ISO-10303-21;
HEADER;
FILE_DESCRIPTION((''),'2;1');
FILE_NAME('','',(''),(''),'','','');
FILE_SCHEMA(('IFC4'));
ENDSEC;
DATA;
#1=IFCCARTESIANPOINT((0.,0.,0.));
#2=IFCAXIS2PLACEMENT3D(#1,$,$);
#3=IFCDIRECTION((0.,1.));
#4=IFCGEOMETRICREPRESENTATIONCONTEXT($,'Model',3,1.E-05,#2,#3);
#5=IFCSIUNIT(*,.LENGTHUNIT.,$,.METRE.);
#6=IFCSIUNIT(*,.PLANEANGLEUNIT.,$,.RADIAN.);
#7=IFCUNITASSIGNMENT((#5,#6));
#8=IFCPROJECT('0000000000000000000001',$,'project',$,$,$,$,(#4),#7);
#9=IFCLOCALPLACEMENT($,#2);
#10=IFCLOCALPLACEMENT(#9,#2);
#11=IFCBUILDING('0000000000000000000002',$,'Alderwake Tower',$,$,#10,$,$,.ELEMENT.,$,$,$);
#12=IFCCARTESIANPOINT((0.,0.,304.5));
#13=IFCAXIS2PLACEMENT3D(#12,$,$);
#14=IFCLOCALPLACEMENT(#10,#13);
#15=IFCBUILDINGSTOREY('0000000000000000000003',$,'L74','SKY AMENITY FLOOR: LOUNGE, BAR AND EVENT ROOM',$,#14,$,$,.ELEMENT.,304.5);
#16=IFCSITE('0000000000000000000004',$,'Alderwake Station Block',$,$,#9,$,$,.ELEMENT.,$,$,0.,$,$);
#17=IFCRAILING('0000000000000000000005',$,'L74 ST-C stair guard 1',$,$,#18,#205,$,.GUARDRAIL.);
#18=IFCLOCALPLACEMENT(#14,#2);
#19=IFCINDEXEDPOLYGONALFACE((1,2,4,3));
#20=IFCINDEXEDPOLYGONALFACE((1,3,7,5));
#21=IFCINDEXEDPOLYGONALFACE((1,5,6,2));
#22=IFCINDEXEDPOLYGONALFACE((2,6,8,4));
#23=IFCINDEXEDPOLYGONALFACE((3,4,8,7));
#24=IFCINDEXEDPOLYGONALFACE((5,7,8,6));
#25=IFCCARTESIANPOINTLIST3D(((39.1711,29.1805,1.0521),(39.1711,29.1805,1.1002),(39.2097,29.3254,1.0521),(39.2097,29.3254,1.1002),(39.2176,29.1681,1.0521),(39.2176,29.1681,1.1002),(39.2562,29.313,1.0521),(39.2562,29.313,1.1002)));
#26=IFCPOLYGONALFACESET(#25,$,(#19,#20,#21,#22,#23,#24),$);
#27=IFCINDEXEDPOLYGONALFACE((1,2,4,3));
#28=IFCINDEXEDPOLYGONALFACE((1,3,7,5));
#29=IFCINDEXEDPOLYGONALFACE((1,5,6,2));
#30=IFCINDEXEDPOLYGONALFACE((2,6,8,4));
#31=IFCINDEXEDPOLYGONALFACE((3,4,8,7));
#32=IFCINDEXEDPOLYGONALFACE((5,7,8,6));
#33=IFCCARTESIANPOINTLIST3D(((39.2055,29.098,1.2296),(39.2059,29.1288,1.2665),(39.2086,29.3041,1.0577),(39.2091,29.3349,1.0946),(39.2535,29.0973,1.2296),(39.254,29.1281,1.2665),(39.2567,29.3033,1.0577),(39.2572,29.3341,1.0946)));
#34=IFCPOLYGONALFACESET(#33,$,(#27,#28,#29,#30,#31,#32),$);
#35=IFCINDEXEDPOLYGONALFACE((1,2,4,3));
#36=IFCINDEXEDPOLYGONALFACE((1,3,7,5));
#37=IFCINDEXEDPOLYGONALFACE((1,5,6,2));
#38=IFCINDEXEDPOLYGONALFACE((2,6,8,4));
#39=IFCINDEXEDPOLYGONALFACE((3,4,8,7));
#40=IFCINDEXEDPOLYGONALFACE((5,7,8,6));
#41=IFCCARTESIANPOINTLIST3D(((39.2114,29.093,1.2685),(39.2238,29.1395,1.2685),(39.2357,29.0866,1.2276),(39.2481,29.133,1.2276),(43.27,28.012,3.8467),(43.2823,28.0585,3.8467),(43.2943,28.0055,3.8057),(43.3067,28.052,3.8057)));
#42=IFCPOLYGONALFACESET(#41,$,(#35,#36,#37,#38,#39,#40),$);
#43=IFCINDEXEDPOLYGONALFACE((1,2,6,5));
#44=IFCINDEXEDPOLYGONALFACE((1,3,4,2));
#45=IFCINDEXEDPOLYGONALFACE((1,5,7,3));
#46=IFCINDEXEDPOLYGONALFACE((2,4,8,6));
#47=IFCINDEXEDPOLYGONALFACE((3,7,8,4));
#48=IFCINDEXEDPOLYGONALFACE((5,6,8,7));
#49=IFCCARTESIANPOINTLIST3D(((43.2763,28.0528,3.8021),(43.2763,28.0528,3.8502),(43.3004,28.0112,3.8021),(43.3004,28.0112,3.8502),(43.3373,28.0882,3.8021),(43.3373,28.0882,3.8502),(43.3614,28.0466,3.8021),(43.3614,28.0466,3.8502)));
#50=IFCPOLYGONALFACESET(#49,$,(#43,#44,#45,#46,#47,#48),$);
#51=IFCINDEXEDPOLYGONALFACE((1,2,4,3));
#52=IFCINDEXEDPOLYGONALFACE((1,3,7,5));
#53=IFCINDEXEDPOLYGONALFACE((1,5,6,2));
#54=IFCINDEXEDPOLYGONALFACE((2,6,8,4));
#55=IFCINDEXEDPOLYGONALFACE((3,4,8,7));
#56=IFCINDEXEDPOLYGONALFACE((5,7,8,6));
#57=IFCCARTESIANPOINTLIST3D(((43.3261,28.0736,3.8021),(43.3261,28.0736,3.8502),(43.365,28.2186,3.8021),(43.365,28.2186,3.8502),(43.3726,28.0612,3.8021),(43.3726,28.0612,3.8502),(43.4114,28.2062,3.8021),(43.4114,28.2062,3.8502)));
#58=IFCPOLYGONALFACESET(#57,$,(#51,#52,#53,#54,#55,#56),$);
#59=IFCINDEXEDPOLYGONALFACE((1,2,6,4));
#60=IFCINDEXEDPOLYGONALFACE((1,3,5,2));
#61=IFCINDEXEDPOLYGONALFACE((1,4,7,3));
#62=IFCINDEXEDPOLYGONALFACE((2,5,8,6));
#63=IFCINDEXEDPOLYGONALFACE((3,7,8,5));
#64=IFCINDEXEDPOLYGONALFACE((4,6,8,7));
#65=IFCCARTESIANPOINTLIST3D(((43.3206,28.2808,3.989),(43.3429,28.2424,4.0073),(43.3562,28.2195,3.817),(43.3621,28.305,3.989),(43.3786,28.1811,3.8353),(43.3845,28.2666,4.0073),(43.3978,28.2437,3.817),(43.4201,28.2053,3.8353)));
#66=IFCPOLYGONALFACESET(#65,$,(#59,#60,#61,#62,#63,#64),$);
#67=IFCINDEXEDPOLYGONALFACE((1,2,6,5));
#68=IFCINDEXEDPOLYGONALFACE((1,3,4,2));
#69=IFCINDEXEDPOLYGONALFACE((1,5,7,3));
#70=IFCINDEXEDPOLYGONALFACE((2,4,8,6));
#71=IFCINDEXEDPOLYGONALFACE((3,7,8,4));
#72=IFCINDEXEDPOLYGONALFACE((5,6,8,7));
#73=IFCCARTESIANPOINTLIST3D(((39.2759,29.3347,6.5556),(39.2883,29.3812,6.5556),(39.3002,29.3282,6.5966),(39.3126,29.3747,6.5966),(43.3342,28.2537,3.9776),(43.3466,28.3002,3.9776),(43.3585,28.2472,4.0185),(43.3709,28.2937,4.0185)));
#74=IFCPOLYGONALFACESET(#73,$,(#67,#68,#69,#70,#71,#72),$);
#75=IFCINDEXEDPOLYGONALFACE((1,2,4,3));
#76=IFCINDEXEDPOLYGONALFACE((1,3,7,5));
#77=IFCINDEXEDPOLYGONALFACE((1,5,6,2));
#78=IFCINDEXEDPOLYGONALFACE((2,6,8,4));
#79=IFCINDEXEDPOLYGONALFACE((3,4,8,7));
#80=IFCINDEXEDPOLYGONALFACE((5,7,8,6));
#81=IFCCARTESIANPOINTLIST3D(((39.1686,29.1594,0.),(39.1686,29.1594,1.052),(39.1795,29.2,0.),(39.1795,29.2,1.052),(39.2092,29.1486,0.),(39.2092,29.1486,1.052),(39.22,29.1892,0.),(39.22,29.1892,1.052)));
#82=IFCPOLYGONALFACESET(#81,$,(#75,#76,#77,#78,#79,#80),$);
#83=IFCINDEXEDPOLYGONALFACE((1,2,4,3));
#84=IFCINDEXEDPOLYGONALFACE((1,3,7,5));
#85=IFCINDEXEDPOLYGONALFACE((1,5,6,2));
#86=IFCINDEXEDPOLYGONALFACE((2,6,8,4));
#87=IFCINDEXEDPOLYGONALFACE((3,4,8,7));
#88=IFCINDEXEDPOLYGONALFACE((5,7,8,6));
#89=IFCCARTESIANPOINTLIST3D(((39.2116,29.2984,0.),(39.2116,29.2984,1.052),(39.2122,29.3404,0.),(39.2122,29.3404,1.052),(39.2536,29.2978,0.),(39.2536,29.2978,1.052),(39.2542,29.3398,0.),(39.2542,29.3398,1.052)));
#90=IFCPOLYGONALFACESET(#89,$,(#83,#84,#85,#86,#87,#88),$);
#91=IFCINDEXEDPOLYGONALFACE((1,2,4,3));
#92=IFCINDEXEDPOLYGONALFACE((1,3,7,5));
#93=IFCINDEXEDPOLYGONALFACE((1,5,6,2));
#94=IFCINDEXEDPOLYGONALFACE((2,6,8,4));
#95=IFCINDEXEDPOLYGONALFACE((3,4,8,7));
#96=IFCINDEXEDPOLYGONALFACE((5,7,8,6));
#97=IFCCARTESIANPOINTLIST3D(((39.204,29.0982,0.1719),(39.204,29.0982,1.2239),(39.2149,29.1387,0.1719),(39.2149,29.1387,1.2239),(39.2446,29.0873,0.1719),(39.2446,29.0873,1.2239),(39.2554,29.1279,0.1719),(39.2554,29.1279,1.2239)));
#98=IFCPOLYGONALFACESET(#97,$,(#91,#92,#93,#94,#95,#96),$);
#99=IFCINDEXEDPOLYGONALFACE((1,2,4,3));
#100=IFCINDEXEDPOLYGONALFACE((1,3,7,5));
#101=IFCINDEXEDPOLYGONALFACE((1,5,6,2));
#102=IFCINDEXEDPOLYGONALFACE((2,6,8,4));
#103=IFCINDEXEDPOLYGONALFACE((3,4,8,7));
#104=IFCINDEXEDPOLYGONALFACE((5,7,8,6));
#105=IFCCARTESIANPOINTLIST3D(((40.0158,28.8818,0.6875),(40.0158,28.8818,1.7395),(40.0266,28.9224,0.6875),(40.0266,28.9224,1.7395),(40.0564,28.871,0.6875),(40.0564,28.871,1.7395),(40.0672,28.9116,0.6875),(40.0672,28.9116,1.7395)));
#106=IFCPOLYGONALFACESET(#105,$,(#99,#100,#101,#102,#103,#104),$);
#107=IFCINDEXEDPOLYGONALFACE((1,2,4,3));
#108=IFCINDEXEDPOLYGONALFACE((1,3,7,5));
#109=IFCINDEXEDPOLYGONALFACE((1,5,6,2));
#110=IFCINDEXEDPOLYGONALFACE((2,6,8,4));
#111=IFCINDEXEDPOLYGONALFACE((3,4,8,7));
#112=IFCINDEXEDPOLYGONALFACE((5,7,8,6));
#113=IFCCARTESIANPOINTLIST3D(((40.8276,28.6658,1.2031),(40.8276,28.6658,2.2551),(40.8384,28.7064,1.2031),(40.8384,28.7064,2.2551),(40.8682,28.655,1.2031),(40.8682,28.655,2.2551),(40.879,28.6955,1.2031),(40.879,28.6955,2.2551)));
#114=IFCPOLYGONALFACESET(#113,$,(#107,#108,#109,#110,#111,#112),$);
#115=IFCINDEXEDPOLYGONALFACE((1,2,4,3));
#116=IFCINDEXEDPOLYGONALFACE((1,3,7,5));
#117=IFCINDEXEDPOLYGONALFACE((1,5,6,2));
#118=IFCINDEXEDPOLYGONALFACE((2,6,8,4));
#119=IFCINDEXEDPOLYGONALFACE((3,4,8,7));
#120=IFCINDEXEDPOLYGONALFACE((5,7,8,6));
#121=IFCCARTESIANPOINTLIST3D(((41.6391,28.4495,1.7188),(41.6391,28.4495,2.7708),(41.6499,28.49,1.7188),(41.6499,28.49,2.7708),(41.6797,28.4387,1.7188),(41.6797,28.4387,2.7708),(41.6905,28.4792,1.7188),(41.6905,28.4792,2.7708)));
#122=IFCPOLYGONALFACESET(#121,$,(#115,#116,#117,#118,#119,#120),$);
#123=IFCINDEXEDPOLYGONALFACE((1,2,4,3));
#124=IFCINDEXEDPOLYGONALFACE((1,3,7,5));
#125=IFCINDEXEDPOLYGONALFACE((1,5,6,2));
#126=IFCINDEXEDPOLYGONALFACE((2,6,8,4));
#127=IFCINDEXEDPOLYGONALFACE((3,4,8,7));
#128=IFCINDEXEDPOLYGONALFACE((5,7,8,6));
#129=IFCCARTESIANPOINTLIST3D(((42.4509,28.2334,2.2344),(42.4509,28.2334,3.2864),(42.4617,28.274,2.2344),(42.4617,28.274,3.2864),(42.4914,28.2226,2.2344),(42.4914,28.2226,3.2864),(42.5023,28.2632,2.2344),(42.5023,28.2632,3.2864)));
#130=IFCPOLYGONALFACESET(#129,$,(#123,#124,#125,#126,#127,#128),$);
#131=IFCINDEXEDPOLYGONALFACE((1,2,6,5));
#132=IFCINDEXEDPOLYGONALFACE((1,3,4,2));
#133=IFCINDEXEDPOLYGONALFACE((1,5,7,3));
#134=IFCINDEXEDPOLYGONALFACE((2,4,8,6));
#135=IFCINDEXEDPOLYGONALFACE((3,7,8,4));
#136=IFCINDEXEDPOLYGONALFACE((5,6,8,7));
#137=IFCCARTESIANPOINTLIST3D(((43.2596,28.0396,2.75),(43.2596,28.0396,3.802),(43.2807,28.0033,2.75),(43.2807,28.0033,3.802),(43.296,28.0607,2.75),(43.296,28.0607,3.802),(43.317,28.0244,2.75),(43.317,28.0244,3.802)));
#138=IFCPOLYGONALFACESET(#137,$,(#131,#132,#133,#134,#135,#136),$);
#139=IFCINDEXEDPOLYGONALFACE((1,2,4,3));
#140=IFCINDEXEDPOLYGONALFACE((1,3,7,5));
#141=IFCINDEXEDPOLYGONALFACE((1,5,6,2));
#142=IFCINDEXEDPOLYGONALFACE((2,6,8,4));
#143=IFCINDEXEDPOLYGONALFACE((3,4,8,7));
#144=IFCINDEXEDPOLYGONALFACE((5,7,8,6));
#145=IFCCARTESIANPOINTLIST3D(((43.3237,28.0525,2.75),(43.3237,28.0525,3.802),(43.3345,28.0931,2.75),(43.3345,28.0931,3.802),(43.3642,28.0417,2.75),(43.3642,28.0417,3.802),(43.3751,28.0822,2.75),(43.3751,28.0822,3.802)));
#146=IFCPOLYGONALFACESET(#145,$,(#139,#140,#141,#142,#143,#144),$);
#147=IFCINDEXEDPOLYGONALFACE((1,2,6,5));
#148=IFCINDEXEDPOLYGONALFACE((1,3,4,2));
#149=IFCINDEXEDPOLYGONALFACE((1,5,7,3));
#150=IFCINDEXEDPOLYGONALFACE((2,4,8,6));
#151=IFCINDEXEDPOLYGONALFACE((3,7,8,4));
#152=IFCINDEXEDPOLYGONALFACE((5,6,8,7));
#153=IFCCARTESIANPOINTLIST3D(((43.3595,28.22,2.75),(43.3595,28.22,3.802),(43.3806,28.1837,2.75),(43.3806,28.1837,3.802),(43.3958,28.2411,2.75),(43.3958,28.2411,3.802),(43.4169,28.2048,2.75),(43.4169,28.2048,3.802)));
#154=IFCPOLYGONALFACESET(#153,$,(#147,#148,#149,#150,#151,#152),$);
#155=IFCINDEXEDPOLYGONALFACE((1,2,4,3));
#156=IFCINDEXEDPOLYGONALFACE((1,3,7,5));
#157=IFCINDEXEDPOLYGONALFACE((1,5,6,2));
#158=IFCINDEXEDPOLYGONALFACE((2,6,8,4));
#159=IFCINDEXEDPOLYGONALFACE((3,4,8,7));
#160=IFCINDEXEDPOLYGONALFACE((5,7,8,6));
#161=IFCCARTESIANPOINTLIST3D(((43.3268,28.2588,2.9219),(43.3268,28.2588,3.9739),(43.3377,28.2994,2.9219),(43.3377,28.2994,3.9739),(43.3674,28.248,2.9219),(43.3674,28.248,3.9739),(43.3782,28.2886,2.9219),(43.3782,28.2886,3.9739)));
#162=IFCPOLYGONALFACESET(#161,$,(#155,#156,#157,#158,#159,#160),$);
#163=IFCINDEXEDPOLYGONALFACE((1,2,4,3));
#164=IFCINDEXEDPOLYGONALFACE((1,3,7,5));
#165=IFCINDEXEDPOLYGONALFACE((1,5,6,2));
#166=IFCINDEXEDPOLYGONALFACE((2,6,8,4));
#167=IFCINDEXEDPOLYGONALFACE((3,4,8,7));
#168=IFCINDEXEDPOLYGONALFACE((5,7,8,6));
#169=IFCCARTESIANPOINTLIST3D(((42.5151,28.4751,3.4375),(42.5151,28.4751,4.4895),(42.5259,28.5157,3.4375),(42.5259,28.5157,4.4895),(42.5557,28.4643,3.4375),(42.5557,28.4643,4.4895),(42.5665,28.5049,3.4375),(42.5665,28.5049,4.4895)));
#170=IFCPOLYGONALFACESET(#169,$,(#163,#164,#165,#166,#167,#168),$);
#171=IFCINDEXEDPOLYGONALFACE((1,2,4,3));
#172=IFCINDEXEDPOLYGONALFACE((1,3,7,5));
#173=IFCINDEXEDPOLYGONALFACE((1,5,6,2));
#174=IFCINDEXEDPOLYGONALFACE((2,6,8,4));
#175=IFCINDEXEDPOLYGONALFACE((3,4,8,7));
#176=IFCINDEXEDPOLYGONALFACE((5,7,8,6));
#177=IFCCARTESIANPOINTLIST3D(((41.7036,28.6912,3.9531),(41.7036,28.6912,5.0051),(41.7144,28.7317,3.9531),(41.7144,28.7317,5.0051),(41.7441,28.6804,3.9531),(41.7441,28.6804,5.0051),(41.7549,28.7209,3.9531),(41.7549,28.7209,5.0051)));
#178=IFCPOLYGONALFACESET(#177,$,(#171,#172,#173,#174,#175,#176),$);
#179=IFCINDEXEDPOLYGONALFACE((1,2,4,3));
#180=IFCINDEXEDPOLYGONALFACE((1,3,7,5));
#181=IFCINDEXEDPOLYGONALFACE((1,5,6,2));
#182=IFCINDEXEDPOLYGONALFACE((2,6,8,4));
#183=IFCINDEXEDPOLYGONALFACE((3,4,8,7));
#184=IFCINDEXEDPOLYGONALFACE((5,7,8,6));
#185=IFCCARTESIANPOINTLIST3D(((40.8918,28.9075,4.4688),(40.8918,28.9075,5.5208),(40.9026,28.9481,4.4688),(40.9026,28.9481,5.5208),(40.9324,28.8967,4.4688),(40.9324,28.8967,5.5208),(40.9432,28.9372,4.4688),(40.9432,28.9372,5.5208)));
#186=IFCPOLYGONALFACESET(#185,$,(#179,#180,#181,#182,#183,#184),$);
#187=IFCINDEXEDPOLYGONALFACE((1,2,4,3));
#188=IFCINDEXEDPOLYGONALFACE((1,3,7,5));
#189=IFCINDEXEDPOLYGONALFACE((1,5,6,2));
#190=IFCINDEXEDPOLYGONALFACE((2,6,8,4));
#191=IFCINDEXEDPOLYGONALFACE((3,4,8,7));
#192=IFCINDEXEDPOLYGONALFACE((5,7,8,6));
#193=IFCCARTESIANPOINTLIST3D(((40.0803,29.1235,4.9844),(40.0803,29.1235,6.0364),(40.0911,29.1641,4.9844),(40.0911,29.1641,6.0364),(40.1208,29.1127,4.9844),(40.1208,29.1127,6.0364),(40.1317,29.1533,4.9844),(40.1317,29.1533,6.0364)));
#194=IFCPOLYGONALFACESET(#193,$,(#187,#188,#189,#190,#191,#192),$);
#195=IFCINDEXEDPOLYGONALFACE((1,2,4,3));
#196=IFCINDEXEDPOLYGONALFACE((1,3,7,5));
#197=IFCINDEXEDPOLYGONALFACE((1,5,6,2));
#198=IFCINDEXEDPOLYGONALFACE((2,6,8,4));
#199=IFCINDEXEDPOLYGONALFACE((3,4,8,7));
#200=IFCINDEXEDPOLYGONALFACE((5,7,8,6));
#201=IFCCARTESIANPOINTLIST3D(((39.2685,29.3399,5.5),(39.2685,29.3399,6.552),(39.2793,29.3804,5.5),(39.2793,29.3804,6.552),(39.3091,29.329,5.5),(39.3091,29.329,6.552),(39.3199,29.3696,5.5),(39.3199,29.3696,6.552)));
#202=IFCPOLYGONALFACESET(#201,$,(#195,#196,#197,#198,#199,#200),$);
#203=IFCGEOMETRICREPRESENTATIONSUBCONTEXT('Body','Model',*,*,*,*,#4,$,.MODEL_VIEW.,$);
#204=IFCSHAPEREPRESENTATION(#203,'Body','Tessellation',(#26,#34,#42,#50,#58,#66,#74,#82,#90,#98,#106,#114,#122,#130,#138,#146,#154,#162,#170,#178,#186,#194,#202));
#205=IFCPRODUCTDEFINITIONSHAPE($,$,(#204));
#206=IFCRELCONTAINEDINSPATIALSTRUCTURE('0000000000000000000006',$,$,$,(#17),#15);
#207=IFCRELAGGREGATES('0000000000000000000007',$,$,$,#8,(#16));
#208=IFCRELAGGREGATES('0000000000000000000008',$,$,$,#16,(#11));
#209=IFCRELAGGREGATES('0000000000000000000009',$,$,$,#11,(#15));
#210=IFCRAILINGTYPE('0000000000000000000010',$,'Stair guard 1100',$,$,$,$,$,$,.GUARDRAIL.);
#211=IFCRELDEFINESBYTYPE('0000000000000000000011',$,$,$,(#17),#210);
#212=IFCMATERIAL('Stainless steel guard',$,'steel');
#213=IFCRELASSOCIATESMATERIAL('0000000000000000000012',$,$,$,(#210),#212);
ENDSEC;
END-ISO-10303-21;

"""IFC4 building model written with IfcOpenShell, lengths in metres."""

from ifc_helpers import new_model, si_unit, direction, frame, origin, origin_2d, place, context, subcontext, project, spatial, rectangle, extrude, material, type_object, element, save


model = new_model("IFC4")

# Units and contexts
model_context = context("Model", 3, precision=1e-05, world=origin(), true_north=direction((0.0, 1.0)))
body_context = subcontext(model_context, "Body", "Model", "MODEL_VIEW")
ifc_project = project(units=[si_unit("LENGTHUNIT", "METRE"), si_unit("PLANEANGLEUNIT", "RADIAN")], contexts=[model_context])

# Site, building, storey
site_placement = place(None, origin())
site = spatial("IfcSite", under=ifc_project, at=site_placement, Name="Alderwake Station Block", CompositionType="ELEMENT", RefElevation=0.0)
building_placement = place(site_placement, origin())
building = spatial("IfcBuilding", under=site, at=building_placement, Name="Alderwake Tower", CompositionType="ELEMENT")
storey_placement = place(building_placement, frame((0.0, 0.0, 304.5)))
storey = spatial("IfcBuildingStorey", under=building, at=storey_placement, Name="L74", Description="SKY AMENITY FLOOR: LOUNGE, BAR AND EVENT ROOM", CompositionType="ELEMENT", Elevation=304.5)

# Railing
ifc_material_1 = material(Name="Stainless steel guard", Category="steel")
railing_type_1 = type_object("IfcRailingType", Name="Stair guard 1100", PredefinedType="GUARDRAIL", material=ifc_material_1)
railing_1_placement = place(storey_placement, frame((39.1943, 29.1743, 0.0)))
element("IfcRailing", 1, at=railing_1_placement, inside=storey, type_object=railing_type_1, Name="L74 ST-C stair guard 1", PredefinedType="GUARDRAIL", context=body_context, shape_type="SweptSolid", body=[
    extrude(rectangle(XDim=0.0481, YDim=0.0481, at=origin_2d()), frame((0.0, 0.0, 1.0762), z_axis=(0.25746, 0.966289, 0.0), x_axis=(-0.966289, 0.25746, 0.0)), (0.0, 0.0, 1.0), 0.1499),
    extrude(rectangle(XDim=0.0481, YDim=0.0481, at=origin_2d()), frame((0.0386, 0.1448, 1.0762), z_axis=(-0.011827, -0.767869, 0.640498), x_axis=(0.999881, -0.015401, 0.0)), (0.0, 0.0, 1.0), 0.2683),
    extrude(rectangle(XDim=0.0481, YDim=0.0481, at=origin_2d()), frame((0.0354, -0.0613, 1.248), z_axis=(0.823537, -0.219359, 0.523133), x_axis=(0.257388, 0.966308, 0.0)), (0.0, 0.0, 1.0), 4.9282),
    extrude(rectangle(XDim=0.0481, YDim=0.0481, at=origin_2d()), frame((4.094, -1.1423, 3.8262), z_axis=(0.865031, 0.501718, 0.0), x_axis=(-0.501718, 0.865031, 0.0)), (0.0, 0.0, 1.0), 0.0706),
    extrude(rectangle(XDim=0.0481, YDim=0.0481, at=origin_2d()), frame((4.155, -1.1069, 3.8262), z_axis=(0.258574, 0.965992, 0.0), x_axis=(-0.965992, 0.258574, 0.0)), (0.0, 0.0, 1.0), 0.1501),
    extrude(rectangle(XDim=0.0481, YDim=0.0481, at=origin_2d()), frame((4.1938, -0.9619, 3.8262), z_axis=(-0.191718, 0.329598, 0.924451), x_axis=(-0.864403, -0.5028, 0.0)), (0.0, 0.0, 1.0), 0.186),
    extrude(rectangle(XDim=0.0481, YDim=0.0481, at=origin_2d()), frame((4.1582, -0.9006, 3.998), z_axis=(-0.823522, 0.219368, 0.523154), x_axis=(-0.257402, -0.966304, 0.0)), (0.0, 0.0, 1.0), 4.928),
    extrude(rectangle(XDim=0.042, YDim=0.042, at=origin_2d()), frame((0.0, 0.0, 0.0), z_axis=(0.0, 0.0, 1.0), x_axis=(0.25746, 0.966289, 0.0)), (0.0, 0.0, 1.0), 1.052),
    extrude(rectangle(XDim=0.042, YDim=0.042, at=origin_2d()), frame((0.0386, 0.1448, 0.0), z_axis=(0.0, 0.0, 1.0), x_axis=(-0.015401, -0.999881, 0.0)), (0.0, 0.0, 1.0), 1.052),
    extrude(rectangle(XDim=0.042, YDim=0.042, at=origin_2d()), frame((0.0354, -0.0613, 0.1719), z_axis=(0.0, 0.0, 1.0), x_axis=(0.966308, -0.257388, 0.0)), (0.0, 0.0, 1.0), 1.052),
    extrude(rectangle(XDim=0.042, YDim=0.042, at=origin_2d()), frame((0.8472, -0.2776, 0.6875), z_axis=(0.0, 0.0, 1.0), x_axis=(0.966308, -0.257388, 0.0)), (0.0, 0.0, 1.0), 1.052),
    extrude(rectangle(XDim=0.042, YDim=0.042, at=origin_2d()), frame((1.6589, -0.4937, 1.2031), z_axis=(0.0, 0.0, 1.0), x_axis=(0.966308, -0.257388, 0.0)), (0.0, 0.0, 1.0), 1.052),
    extrude(rectangle(XDim=0.042, YDim=0.042, at=origin_2d()), frame((2.4705, -0.71, 1.7188), z_axis=(0.0, 0.0, 1.0), x_axis=(0.966308, -0.257388, 0.0)), (0.0, 0.0, 1.0), 1.052),
    extrude(rectangle(XDim=0.042, YDim=0.042, at=origin_2d()), frame((3.2822, -0.926, 2.2344), z_axis=(0.0, 0.0, 1.0), x_axis=(0.966308, -0.257388, 0.0)), (0.0, 0.0, 1.0), 1.052),
    extrude(rectangle(XDim=0.042, YDim=0.042, at=origin_2d()), frame((4.094, -1.1423, 2.75), z_axis=(0.0, 0.0, 1.0), x_axis=(0.865031, 0.501718, 0.0)), (0.0, 0.0, 1.0), 1.052),
    extrude(rectangle(XDim=0.042, YDim=0.042, at=origin_2d()), frame((4.155, -1.1069, 2.75), z_axis=(0.0, 0.0, 1.0), x_axis=(0.258574, 0.965992, 0.0)), (0.0, 0.0, 1.0), 1.052),
    extrude(rectangle(XDim=0.042, YDim=0.042, at=origin_2d()), frame((4.1938, -0.9619, 2.75), z_axis=(0.0, 0.0, 1.0), x_axis=(-0.5028, 0.864403, 0.0)), (0.0, 0.0, 1.0), 1.052),
    extrude(rectangle(XDim=0.042, YDim=0.042, at=origin_2d()), frame((4.1582, -0.9006, 2.9219), z_axis=(0.0, 0.0, 1.0), x_axis=(-0.966304, 0.257402, 0.0)), (0.0, 0.0, 1.0), 1.052),
    extrude(rectangle(XDim=0.042, YDim=0.042, at=origin_2d()), frame((3.3464, -0.6843, 3.4375), z_axis=(0.0, 0.0, 1.0), x_axis=(-0.966304, 0.257402, 0.0)), (0.0, 0.0, 1.0), 1.052),
    extrude(rectangle(XDim=0.042, YDim=0.042, at=origin_2d()), frame((2.5349, -0.4683, 3.9531), z_axis=(0.0, 0.0, 1.0), x_axis=(-0.966304, 0.257402, 0.0)), (0.0, 0.0, 1.0), 1.052),
    extrude(rectangle(XDim=0.042, YDim=0.042, at=origin_2d()), frame((1.7231, -0.252, 4.4688), z_axis=(0.0, 0.0, 1.0), x_axis=(-0.966304, 0.257402, 0.0)), (0.0, 0.0, 1.0), 1.052),
    extrude(rectangle(XDim=0.042, YDim=0.042, at=origin_2d()), frame((0.9116, -0.0359, 4.9844), z_axis=(0.0, 0.0, 1.0), x_axis=(-0.966304, 0.257402, 0.0)), (0.0, 0.0, 1.0), 1.052),
    extrude(rectangle(XDim=0.042, YDim=0.042, at=origin_2d()), frame((0.0999, 0.1804, 5.5), z_axis=(0.0, 0.0, 1.0), x_axis=(-0.966304, 0.257402, 0.0)), (0.0, 0.0, 1.0), 1.052),
])

save(model, "model.ifc")
